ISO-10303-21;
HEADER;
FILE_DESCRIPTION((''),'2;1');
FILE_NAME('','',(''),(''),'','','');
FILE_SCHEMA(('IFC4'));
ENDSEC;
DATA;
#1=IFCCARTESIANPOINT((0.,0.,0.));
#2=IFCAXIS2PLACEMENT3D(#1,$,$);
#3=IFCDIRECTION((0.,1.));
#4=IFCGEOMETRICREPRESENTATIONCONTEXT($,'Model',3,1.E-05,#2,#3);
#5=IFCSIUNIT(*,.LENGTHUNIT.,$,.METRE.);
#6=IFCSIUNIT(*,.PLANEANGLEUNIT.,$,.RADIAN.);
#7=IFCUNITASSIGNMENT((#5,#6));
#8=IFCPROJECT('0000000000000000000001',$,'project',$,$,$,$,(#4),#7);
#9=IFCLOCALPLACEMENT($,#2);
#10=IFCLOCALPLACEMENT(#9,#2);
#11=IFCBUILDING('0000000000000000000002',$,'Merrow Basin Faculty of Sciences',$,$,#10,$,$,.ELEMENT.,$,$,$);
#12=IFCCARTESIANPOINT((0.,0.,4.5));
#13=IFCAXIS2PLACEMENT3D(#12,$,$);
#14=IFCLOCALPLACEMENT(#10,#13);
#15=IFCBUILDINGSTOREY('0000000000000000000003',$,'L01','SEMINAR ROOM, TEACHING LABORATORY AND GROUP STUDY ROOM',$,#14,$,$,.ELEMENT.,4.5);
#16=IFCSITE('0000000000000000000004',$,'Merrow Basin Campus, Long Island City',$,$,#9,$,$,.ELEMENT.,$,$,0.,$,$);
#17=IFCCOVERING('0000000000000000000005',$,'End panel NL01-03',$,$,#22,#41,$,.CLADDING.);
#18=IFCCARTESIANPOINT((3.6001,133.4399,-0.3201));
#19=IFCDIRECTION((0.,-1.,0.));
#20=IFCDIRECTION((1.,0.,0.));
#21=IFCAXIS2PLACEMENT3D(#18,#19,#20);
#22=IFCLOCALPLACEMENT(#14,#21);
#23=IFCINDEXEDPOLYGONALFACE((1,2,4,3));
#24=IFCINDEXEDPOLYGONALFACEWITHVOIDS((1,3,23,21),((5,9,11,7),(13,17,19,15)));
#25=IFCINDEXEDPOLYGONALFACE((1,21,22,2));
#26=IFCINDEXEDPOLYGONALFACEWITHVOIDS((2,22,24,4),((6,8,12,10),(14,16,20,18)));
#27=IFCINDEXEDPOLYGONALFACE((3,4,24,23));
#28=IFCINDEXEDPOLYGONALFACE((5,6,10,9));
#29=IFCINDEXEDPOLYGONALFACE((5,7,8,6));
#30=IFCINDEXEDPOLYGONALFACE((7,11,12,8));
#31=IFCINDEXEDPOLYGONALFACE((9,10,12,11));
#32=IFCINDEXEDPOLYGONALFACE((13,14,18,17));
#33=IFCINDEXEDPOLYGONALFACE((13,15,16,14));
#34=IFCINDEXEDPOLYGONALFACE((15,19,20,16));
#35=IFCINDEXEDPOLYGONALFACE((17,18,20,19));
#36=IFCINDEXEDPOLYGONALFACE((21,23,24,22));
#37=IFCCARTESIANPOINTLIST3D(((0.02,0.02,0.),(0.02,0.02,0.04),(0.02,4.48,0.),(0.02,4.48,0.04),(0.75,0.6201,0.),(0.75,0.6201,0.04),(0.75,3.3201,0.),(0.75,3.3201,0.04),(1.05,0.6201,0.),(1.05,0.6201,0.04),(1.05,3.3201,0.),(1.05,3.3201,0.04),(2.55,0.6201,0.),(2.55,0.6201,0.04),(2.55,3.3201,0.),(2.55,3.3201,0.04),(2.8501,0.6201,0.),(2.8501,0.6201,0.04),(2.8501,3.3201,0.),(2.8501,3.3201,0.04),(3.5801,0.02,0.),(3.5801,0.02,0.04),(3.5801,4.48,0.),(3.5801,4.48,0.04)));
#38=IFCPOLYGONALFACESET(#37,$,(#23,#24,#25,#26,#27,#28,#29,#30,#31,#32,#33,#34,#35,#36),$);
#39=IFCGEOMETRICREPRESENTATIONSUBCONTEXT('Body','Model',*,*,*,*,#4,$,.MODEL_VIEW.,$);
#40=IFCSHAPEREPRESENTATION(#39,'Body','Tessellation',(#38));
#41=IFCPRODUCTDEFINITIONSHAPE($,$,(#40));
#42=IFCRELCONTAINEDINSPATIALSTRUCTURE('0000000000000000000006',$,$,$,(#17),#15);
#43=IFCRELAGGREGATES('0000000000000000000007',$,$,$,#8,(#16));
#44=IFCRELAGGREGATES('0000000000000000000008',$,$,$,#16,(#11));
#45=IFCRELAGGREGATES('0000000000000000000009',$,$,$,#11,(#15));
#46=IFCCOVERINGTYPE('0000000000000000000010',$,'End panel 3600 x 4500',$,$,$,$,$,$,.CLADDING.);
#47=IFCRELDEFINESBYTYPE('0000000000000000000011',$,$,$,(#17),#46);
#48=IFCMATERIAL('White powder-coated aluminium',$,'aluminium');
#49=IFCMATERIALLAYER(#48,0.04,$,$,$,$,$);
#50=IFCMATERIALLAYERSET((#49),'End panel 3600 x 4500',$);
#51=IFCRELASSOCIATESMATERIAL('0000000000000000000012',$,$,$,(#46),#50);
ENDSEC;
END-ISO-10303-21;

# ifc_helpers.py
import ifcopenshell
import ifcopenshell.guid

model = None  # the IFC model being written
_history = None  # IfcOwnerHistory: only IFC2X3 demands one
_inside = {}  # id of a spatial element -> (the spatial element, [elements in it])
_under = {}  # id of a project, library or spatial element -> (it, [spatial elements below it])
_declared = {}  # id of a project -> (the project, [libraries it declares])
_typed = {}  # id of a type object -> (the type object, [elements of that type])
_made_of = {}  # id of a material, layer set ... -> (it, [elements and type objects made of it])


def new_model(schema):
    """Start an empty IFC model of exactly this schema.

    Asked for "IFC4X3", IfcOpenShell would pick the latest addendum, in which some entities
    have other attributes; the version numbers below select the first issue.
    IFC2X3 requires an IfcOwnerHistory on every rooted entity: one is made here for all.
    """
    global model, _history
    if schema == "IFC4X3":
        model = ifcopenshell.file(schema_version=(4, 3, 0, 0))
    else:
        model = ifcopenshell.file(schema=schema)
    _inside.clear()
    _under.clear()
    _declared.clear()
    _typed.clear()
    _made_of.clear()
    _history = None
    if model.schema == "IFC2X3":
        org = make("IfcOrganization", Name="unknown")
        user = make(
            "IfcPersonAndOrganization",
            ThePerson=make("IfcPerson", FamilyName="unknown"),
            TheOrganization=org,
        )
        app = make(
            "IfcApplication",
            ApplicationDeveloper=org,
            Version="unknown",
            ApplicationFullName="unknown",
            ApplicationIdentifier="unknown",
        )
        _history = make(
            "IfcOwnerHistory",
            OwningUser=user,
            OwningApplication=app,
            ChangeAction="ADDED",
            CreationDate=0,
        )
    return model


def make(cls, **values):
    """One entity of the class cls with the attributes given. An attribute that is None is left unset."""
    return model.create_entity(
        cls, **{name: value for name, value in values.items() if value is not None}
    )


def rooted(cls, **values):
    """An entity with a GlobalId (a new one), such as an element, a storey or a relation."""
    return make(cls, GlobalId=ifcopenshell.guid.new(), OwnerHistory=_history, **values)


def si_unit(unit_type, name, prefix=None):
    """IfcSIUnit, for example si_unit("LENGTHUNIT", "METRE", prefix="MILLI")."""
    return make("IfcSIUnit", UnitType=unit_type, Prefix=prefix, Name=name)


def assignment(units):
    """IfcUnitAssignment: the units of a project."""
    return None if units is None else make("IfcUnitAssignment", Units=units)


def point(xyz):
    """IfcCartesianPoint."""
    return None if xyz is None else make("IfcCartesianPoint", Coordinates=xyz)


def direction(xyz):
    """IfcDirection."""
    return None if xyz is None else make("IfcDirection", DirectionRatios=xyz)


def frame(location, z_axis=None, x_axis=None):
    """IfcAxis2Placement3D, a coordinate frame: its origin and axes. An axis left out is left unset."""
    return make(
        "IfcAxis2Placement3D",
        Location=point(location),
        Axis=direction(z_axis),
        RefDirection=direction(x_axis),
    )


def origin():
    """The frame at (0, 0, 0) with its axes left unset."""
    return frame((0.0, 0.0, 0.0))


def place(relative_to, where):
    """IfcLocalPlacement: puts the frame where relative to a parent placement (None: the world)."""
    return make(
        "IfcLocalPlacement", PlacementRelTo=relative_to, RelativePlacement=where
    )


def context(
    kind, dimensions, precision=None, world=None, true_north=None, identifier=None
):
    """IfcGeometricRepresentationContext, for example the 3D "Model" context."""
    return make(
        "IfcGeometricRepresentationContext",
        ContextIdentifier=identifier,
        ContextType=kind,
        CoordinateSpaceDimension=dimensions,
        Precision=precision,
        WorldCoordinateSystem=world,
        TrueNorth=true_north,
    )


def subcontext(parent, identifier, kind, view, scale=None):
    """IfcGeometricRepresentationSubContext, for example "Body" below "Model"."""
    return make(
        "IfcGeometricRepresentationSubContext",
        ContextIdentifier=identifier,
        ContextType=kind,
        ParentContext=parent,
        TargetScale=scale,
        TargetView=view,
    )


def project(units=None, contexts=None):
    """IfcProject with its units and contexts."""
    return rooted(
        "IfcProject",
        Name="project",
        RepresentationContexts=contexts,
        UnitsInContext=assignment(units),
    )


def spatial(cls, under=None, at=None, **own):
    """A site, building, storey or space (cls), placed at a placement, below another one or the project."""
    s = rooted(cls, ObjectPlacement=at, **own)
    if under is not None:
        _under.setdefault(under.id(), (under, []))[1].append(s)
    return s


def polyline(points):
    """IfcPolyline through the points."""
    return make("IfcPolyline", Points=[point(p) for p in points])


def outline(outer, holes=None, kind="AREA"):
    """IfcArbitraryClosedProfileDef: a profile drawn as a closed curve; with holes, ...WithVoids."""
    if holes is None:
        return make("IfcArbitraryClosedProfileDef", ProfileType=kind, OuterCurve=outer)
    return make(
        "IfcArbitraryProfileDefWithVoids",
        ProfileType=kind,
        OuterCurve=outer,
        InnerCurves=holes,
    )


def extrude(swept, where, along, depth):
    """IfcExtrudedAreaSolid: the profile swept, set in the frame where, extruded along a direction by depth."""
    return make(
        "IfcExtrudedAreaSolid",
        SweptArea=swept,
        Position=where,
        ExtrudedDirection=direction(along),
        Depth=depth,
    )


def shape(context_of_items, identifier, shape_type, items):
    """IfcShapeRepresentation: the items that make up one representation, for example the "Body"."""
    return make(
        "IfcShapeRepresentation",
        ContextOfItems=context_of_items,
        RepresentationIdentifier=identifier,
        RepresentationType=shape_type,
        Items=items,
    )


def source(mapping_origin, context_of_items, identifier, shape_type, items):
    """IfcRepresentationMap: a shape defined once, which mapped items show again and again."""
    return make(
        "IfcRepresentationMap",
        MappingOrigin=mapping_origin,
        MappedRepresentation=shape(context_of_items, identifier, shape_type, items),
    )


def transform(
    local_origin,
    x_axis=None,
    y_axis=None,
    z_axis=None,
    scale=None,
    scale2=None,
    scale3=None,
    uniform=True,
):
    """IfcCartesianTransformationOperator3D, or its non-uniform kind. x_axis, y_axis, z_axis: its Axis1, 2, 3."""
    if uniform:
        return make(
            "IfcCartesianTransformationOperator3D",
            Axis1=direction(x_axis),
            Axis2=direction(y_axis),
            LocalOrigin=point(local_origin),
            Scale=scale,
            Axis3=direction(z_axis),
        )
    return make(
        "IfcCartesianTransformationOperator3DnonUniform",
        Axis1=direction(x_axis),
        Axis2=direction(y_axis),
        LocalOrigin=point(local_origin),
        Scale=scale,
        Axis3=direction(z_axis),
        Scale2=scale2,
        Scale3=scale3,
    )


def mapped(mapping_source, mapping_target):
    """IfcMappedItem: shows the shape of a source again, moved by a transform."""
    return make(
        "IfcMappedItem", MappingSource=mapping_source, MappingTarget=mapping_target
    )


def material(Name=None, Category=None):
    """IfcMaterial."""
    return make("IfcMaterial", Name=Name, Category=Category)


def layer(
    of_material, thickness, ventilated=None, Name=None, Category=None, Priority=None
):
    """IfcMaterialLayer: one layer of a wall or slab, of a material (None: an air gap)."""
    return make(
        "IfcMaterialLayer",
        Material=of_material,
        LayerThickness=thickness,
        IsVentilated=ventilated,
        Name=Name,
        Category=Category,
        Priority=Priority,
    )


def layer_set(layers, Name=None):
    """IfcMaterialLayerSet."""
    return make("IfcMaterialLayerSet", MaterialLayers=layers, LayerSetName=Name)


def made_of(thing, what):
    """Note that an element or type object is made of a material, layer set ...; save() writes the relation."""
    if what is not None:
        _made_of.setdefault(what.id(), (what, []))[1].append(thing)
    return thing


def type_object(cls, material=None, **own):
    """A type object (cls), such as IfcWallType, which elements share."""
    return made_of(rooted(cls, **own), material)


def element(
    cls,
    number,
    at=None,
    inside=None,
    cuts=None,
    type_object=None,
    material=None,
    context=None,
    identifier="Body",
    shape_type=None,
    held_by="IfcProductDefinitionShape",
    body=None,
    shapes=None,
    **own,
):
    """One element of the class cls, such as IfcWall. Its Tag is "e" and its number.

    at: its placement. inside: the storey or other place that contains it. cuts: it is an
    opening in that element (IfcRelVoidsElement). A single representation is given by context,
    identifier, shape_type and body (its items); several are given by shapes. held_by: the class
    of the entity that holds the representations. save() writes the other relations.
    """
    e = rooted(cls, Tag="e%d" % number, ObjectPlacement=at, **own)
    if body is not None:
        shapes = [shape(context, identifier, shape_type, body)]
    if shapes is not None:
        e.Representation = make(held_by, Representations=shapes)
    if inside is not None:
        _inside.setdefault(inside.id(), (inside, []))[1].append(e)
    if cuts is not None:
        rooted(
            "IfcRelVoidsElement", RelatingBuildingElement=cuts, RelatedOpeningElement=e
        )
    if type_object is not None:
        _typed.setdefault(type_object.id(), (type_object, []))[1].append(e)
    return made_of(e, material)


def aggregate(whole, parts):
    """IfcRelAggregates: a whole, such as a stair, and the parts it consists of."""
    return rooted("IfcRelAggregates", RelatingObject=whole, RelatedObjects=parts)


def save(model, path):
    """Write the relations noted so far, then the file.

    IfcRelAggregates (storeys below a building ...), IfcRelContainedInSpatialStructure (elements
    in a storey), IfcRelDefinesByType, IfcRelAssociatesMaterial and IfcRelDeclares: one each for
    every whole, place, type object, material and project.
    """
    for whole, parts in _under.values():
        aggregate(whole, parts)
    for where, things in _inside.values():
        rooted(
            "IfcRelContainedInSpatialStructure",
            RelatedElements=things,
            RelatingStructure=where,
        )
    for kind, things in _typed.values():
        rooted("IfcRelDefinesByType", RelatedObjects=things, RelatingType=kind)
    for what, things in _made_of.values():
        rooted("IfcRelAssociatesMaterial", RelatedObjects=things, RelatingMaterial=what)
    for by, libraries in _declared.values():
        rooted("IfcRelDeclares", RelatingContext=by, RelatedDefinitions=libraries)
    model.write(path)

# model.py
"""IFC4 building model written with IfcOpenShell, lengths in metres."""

from ifc_helpers import new_model, si_unit, direction, frame, origin, place, context, subcontext, project, spatial, polyline, outline, extrude, source, transform, mapped, material, layer, layer_set, type_object, element, save


model = new_model("IFC4")

# Units and contexts
model_context = context("Model", 3, precision=1e-05, world=origin(), true_north=direction((0.0, 1.0)))
body_context = subcontext(model_context, "Body", "Model", "MODEL_VIEW")
ifc_project = project(units=[si_unit("LENGTHUNIT", "METRE"), si_unit("PLANEANGLEUNIT", "RADIAN")], contexts=[model_context])

# Site, building, storey
site_placement = place(None, origin())
site = spatial("IfcSite", under=ifc_project, at=site_placement, Name="Merrow Basin Campus, Long Island City", CompositionType="ELEMENT", RefElevation=0.0)
building_placement = place(site_placement, origin())
building = spatial("IfcBuilding", under=site, at=building_placement, Name="Merrow Basin Faculty of Sciences", CompositionType="ELEMENT")
storey_placement = place(building_placement, frame((0.0, 0.0, 4.5)))
storey = spatial("IfcBuildingStorey", under=building, at=storey_placement, Name="L01", Description="SEMINAR ROOM, TEACHING LABORATORY AND GROUP STUDY ROOM", CompositionType="ELEMENT", Elevation=4.5)

# Covering
ifc_material_1 = material(Name="White powder-coated aluminium", Category="aluminium")
ifc_layer_1 = layer(ifc_material_1, 0.04)
ifc_layer_set_1 = layer_set([ifc_layer_1], Name="End panel 3600 x 4500")
covering_type = type_object("IfcCoveringType", Name="End panel 3600 x 4500", PredefinedType="CLADDING", material=ifc_layer_set_1)
shared_shape_1 = source(origin(), body_context, "Body", "SweptSolid", [
    extrude(outline(polyline([(0.02, 0.02), (3.5801, 0.02), (3.5801, 4.48), (0.02, 4.48), (0.02, 0.02)]), holes=[polyline([(0.75, 0.6201), (1.05, 0.6201), (1.05, 3.3201), (0.75, 3.3201), (0.75, 0.6201)]), polyline([(2.55, 0.6201), (2.8501, 0.6201), (2.8501, 3.3201), (2.55, 3.3201), (2.55, 0.6201)])]), origin(), (0.0, 0.0, 1.0), 0.04),
])
covering_placement = place(storey_placement, frame((3.6001, 133.4399, -0.3201), z_axis=(0.0, -1.0, 0.0), x_axis=(1.0, 0.0, 0.0)))
element("IfcCovering", 1, at=covering_placement, inside=storey, type_object=covering_type, Name="End panel NL01-03", PredefinedType="CLADDING", context=body_context, shape_type="MappedRepresentation", body=[
    mapped(shared_shape_1, transform((0.0, 0.0, 0.0), scale=1.0)),
])

save(model, "model.ifc")
